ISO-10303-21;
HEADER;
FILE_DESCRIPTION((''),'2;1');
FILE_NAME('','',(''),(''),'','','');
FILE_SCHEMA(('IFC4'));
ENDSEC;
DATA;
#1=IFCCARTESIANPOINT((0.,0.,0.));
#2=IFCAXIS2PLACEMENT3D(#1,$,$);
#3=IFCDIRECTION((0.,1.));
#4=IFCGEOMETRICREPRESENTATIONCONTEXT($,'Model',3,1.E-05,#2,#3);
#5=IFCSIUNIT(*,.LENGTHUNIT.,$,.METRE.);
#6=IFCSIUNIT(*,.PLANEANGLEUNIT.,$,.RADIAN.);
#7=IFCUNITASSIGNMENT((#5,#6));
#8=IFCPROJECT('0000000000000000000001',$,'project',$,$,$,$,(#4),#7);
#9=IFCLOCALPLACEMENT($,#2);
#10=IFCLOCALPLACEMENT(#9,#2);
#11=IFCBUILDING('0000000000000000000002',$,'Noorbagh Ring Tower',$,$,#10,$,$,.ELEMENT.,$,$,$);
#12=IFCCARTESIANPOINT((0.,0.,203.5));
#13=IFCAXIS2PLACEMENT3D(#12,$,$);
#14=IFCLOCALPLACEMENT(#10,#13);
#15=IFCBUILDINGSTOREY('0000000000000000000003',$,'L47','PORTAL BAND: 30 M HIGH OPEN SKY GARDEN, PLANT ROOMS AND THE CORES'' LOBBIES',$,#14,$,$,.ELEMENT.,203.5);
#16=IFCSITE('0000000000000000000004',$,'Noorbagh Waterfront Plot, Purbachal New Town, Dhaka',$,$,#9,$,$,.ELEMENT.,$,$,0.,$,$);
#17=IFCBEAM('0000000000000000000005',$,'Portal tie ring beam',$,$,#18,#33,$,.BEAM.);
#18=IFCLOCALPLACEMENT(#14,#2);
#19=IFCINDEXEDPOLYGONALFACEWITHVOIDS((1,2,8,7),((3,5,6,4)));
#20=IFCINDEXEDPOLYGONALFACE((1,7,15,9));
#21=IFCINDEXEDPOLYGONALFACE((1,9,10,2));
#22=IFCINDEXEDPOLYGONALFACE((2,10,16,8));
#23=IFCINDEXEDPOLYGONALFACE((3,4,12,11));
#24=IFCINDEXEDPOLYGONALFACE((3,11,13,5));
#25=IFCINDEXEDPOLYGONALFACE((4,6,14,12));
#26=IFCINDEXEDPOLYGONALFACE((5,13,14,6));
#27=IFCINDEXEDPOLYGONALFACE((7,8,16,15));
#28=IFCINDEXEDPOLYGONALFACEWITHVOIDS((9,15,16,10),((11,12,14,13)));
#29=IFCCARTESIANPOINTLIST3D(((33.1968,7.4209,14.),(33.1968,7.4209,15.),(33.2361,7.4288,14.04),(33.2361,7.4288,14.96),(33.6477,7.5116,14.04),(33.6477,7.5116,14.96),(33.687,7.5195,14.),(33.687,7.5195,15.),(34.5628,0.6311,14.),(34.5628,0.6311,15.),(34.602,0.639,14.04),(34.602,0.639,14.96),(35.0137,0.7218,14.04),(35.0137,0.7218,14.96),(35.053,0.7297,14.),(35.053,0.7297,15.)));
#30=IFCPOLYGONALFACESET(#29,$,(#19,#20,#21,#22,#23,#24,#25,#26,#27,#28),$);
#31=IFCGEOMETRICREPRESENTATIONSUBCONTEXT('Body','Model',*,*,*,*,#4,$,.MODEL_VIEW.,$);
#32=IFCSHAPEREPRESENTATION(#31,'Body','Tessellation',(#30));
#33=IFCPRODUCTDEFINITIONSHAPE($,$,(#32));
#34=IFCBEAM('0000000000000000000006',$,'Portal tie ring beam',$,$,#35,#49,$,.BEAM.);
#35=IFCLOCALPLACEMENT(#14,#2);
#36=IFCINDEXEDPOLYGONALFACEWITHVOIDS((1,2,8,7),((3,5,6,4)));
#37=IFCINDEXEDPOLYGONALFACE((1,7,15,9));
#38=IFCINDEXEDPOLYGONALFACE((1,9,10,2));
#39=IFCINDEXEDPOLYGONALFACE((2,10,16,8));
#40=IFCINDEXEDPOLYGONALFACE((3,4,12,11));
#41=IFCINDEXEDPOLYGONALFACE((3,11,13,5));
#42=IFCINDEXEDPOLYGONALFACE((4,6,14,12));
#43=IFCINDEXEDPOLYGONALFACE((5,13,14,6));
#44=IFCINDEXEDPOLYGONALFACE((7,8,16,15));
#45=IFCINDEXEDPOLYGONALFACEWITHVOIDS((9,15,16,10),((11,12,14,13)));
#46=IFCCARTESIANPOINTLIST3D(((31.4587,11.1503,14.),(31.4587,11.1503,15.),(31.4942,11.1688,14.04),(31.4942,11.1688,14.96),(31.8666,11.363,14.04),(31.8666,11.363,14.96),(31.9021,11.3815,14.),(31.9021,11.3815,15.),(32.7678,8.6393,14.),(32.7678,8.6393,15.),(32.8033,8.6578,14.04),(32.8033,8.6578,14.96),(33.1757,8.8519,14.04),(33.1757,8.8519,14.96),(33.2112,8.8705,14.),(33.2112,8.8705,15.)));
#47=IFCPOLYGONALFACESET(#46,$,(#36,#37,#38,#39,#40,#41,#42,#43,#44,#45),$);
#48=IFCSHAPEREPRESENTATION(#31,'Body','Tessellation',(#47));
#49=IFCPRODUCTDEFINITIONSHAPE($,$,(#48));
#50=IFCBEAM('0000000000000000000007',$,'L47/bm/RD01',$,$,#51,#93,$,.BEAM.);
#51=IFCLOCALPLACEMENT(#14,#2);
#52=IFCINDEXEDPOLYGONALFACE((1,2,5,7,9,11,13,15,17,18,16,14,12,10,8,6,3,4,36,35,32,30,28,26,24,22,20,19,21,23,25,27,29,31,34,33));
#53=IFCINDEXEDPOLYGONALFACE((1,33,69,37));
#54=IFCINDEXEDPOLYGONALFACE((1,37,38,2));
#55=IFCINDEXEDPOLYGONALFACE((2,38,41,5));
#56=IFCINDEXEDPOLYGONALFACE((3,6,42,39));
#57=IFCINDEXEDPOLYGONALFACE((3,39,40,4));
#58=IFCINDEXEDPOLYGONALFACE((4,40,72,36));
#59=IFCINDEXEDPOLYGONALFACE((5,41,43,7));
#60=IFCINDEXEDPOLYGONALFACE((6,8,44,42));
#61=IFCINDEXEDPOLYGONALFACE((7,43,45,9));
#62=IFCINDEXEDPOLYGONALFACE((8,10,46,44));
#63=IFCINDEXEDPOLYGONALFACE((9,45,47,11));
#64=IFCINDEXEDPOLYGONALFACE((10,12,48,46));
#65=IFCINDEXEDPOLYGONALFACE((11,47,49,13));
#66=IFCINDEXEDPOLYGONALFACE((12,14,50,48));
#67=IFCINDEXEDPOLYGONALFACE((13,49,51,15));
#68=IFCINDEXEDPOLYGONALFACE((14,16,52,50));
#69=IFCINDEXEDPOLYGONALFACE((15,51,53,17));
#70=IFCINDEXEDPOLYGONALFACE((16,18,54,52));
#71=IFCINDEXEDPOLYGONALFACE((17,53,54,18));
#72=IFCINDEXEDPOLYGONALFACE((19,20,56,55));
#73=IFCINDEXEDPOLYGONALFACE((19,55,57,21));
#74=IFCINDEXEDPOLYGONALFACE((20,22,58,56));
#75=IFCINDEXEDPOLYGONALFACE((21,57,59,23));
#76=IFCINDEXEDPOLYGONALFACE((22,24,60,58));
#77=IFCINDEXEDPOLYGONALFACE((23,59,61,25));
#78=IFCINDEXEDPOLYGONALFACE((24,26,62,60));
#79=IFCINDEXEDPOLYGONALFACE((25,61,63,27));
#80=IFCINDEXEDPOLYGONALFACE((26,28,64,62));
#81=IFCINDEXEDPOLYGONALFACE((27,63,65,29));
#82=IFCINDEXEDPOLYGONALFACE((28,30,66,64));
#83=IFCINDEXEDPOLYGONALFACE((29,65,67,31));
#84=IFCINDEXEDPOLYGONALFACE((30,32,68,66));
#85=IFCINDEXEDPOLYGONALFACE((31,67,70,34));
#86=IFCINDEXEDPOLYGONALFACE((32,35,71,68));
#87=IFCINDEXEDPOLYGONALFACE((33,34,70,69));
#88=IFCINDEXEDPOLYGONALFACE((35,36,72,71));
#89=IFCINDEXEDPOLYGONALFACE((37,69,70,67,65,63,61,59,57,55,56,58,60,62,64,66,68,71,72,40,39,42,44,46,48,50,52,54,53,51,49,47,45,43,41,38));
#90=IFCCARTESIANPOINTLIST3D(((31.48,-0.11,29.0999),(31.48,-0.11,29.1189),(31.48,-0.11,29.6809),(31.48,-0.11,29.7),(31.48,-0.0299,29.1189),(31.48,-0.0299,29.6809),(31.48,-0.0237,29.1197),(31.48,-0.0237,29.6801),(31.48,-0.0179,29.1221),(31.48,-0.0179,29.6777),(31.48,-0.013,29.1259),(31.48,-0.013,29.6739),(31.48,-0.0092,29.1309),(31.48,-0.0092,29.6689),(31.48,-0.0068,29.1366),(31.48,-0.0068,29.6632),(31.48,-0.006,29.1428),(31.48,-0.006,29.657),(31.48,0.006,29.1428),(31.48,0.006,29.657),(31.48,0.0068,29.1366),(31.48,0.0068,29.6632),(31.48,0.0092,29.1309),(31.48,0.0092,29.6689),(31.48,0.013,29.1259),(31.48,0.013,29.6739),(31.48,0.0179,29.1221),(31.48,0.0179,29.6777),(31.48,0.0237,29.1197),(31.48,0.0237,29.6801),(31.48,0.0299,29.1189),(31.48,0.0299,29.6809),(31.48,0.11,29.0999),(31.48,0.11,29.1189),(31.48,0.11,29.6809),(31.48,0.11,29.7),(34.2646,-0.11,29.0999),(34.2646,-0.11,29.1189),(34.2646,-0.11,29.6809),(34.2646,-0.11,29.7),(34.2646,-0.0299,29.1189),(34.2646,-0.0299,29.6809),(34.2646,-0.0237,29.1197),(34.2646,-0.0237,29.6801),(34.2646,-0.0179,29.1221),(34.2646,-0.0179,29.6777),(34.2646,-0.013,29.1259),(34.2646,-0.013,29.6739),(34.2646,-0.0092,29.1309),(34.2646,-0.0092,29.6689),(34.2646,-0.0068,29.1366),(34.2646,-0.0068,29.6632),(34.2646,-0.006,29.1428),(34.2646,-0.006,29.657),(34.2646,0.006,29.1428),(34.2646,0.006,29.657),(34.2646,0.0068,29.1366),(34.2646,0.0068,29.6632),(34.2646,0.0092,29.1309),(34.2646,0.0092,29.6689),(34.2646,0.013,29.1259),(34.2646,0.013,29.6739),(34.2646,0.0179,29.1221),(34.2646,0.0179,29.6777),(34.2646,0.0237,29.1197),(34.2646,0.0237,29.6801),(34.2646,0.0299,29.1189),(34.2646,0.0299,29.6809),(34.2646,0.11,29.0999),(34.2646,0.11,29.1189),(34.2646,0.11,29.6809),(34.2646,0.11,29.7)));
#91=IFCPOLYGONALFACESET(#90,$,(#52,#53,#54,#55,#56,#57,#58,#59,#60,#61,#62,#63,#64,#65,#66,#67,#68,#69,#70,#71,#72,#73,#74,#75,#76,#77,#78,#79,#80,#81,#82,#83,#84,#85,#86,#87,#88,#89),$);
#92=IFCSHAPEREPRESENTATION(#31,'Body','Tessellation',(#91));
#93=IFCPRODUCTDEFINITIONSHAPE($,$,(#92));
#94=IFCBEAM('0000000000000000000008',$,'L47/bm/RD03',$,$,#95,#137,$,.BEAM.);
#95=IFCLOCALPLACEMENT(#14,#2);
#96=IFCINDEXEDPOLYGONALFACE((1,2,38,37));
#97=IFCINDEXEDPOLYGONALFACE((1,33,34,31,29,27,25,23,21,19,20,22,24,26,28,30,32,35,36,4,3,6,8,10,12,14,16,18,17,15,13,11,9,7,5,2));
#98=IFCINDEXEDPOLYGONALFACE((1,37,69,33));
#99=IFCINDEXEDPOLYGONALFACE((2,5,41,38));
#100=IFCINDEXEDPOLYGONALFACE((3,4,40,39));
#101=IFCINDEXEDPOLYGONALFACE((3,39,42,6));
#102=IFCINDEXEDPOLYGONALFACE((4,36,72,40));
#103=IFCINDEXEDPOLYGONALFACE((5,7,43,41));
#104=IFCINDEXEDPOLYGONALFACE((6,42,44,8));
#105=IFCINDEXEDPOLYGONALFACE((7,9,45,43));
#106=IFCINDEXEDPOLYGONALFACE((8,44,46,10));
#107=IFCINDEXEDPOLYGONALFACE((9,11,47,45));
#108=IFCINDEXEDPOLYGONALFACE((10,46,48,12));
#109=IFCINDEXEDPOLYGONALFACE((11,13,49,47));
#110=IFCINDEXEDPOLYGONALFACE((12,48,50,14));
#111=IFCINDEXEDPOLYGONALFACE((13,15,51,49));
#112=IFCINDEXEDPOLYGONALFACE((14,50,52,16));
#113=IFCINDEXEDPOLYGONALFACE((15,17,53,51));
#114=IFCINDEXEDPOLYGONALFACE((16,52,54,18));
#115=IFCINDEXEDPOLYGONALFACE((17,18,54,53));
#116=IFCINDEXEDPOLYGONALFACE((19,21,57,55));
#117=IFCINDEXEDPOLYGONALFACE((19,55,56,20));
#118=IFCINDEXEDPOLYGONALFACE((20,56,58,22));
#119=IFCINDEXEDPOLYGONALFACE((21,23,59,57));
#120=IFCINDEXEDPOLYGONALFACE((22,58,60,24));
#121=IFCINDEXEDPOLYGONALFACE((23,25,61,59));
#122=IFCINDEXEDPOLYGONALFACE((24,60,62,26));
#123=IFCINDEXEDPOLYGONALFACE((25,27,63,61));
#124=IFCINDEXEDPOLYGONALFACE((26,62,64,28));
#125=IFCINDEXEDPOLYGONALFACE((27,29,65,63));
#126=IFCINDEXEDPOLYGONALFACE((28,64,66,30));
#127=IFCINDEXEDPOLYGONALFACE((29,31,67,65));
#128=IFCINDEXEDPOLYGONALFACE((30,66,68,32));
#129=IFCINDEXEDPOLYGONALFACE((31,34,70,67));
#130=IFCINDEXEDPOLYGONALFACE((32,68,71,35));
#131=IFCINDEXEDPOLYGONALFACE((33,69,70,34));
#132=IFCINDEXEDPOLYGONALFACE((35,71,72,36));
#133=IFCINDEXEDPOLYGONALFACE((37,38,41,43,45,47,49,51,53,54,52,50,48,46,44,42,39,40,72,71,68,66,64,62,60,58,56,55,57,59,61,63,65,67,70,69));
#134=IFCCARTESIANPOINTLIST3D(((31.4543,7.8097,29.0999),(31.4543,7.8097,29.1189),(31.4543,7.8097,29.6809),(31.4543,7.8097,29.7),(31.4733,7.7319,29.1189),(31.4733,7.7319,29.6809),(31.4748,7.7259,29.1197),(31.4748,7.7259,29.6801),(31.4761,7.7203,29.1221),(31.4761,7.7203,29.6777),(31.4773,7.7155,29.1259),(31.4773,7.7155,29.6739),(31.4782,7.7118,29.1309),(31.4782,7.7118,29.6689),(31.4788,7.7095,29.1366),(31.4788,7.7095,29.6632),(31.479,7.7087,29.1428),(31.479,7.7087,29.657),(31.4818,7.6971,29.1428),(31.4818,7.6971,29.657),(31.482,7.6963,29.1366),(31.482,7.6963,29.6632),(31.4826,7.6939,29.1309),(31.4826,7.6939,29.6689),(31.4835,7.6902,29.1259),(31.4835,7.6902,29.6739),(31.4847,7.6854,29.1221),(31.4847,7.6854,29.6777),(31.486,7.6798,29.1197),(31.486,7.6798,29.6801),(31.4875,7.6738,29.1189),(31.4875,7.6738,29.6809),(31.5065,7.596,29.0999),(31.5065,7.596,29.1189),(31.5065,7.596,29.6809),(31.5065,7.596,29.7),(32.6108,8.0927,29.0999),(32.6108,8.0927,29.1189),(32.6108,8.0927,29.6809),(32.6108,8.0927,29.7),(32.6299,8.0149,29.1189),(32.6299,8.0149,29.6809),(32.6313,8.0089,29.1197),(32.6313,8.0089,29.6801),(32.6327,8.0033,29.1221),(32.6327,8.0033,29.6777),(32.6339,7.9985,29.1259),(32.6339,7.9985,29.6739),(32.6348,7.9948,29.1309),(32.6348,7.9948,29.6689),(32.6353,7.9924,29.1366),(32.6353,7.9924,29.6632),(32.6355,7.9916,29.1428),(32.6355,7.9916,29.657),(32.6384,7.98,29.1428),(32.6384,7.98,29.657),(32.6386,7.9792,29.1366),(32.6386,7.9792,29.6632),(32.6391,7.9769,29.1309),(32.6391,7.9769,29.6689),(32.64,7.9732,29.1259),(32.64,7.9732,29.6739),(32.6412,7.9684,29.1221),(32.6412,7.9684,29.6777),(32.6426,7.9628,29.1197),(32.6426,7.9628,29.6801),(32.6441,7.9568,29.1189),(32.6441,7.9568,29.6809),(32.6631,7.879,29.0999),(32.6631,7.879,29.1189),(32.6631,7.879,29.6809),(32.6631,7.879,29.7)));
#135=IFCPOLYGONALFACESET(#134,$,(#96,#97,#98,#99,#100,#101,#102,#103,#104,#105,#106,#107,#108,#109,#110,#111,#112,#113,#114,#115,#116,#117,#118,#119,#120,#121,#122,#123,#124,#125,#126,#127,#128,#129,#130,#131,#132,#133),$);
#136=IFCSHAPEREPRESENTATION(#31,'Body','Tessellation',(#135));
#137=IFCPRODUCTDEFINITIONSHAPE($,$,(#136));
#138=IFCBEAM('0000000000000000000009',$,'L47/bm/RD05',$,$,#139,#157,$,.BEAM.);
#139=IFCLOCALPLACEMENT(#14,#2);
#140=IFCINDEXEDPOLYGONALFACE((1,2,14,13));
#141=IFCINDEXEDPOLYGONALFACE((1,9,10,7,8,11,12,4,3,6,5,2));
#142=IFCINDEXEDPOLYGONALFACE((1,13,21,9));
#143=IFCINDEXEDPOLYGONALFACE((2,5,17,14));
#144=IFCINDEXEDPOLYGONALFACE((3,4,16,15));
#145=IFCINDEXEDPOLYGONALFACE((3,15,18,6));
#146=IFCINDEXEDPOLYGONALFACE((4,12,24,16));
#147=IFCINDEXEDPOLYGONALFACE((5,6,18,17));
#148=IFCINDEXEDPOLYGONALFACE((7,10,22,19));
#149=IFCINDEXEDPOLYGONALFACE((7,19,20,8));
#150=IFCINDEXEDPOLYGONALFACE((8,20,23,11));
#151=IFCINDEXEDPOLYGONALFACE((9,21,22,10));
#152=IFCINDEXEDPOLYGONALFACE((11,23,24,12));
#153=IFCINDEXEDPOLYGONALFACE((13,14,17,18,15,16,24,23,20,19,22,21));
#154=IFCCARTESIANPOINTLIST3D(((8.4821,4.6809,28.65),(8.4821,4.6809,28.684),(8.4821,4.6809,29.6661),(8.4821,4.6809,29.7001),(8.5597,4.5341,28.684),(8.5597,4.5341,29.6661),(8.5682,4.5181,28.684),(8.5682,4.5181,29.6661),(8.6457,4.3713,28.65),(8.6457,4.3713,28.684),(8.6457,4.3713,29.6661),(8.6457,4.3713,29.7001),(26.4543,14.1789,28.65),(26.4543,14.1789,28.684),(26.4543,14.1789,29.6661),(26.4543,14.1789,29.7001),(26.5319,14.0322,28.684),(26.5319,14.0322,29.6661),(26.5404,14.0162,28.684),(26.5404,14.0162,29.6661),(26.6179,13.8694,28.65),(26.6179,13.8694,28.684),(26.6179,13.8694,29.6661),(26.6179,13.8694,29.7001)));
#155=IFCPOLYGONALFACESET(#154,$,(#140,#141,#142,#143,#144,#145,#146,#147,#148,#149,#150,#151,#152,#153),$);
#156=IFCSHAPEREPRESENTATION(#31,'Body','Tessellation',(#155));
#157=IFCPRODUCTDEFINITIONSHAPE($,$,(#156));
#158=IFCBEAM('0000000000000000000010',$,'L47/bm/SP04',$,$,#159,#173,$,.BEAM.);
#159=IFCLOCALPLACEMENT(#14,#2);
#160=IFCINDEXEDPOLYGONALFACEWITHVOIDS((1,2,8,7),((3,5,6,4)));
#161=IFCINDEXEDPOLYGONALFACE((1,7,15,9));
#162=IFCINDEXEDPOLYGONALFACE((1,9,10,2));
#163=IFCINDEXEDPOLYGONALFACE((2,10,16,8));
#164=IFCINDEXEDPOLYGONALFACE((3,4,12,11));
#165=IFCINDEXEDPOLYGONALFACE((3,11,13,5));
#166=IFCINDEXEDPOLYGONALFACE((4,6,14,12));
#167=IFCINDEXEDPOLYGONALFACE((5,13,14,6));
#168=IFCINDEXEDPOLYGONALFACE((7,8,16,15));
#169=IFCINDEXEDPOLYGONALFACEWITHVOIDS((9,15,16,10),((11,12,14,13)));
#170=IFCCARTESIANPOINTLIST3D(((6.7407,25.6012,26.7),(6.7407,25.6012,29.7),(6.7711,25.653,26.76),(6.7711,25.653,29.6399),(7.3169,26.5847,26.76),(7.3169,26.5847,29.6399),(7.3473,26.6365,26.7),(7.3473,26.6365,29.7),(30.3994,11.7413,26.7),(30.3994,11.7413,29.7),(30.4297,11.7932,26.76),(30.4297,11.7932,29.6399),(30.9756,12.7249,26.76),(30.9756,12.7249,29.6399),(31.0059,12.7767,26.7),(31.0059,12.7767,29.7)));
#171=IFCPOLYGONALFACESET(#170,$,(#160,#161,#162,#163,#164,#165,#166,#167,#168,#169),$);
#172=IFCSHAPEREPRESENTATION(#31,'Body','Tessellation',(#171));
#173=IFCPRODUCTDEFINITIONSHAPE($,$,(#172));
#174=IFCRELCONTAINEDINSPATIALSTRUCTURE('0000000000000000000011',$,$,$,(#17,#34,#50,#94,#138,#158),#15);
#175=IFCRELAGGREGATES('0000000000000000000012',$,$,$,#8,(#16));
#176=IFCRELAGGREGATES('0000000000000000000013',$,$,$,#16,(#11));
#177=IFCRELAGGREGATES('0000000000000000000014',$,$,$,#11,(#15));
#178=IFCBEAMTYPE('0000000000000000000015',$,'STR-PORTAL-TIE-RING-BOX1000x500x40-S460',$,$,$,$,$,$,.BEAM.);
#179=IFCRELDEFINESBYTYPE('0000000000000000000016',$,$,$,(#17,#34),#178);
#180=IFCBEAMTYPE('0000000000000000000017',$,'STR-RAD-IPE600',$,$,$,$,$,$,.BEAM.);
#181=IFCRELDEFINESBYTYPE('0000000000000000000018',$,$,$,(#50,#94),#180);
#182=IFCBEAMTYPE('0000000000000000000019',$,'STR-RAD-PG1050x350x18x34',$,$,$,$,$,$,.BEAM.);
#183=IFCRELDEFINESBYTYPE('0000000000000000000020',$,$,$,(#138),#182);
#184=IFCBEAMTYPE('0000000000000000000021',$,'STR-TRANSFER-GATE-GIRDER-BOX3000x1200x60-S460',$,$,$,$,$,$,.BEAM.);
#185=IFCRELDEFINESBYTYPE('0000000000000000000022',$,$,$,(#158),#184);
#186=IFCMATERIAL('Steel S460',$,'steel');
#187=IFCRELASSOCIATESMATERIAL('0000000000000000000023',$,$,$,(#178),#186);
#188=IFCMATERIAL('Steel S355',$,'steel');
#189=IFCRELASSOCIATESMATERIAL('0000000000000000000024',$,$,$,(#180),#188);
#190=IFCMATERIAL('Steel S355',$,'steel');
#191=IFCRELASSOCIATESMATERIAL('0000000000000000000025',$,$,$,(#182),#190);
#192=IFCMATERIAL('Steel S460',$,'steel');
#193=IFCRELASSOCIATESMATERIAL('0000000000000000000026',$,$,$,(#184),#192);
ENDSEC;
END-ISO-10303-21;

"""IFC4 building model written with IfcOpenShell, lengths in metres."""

from ifc_helpers import new_model, si_unit, direction, frame, origin, origin_2d, place, context, subcontext, project, spatial, hollow_rectangle, i_section, extrude, material, material_profile, profile_set, type_object, element, save


model = new_model("IFC4")

# Units and contexts
model_context = context("Model", 3, precision=1e-05, world=origin(), true_north=direction((0.0, 1.0)))
body_context = subcontext(model_context, "Body", "Model", "MODEL_VIEW")
ifc_project = project(units=[si_unit("LENGTHUNIT", "METRE"), si_unit("PLANEANGLEUNIT", "RADIAN")], contexts=[model_context])

# Site, building, storey
site_placement = place(None, origin())
site = spatial("IfcSite", under=ifc_project, at=site_placement, Name="Noorbagh Waterfront Plot, Purbachal New Town, Dhaka", CompositionType="ELEMENT", RefElevation=0.0)
building_placement = place(site_placement, origin())
building = spatial("IfcBuilding", under=site, at=building_placement, Name="Noorbagh Ring Tower", CompositionType="ELEMENT")
storey_placement = place(building_placement, frame((0.0, 0.0, 203.5)))
storey = spatial("IfcBuildingStorey", under=building, at=storey_placement, Name="L47", Description="PORTAL BAND: 30 M HIGH OPEN SKY GARDEN, PLANT ROOMS AND THE CORES' LOBBIES", CompositionType="ELEMENT", Elevation=203.5)

# Beams
ifc_material_1 = material(Name="Steel S460", Category="steel")
ifc_material_profile_1 = material_profile(ifc_material_1, hollow_rectangle(XDim=0.5, YDim=1.0, WallThickness=0.04, at=origin_2d()), Name="BOX1000x500x40")
ifc_profile_set_1 = profile_set([ifc_material_profile_1], Name="Steel S460")
beam_type_1 = type_object("IfcBeamType", Name="STR-PORTAL-TIE-RING-BOX1000x500x40-S460", PredefinedType="BEAM", material=ifc_profile_set_1)
beam_1_placement = place(storey_placement, frame((34.8079, 0.6804, 14.5), z_axis=(-0.197228, 0.980358, 0.0), x_axis=(-0.980358, -0.197228, 0.0)))
element("IfcBeam", 1, at=beam_1_placement, inside=storey, type_object=beam_type_1, Name="Portal tie ring beam", PredefinedType="BEAM", context=body_context, shape_type="SweptSolid", body=[
    extrude(hollow_rectangle(XDim=0.5, YDim=1.0, WallThickness=0.04, at=origin_2d()), origin(), (0.0, 0.0, 1.0), 6.9258),
])
beam_2_placement = place(storey_placement, frame((32.9895, 8.7549, 14.5), z_axis=(-0.462289, 0.886729, 0.0), x_axis=(-0.886729, -0.462289, 0.0)))
element("IfcBeam", 2, at=beam_2_placement, inside=storey, type_object=beam_type_1, Name="Portal tie ring beam", PredefinedType="BEAM", context=body_context, shape_type="SweptSolid", body=[
    extrude(hollow_rectangle(XDim=0.5, YDim=1.0, WallThickness=0.04, at=origin_2d()), origin(), (0.0, 0.0, 1.0), 2.8318),
])
ifc_material_2 = material(Name="Steel S355", Category="steel")
ifc_material_profile_2 = material_profile(ifc_material_2, i_section(OverallWidth=0.22, OverallDepth=0.6001, WebThickness=0.012, FlangeThickness=0.019, FilletRadius=0.0239, at=origin_2d()), Name="IPE600")
ifc_profile_set_2 = profile_set([ifc_material_profile_2], Name="Steel S355")
beam_type_2 = type_object("IfcBeamType", Name="STR-RAD-IPE600", PredefinedType="BEAM", material=ifc_profile_set_2)
beam_3_placement = place(storey_placement, frame((34.2646, 0.0, 29.3999), z_axis=(-1.0, 0.0, 0.0), x_axis=(0.0, -1.0, 0.0)))
element("IfcBeam", 3, at=beam_3_placement, inside=storey, type_object=beam_type_2, Name="L47/bm/RD01", PredefinedType="BEAM", context=body_context, shape_type="SweptSolid", body=[
    extrude(i_section(OverallWidth=0.22, OverallDepth=0.6001, WebThickness=0.012, FlangeThickness=0.019, FilletRadius=0.0239, at=origin_2d()), origin(), (0.0, 0.0, 1.0), 2.7847),
])
beam_4_placement = place(storey_placement, frame((32.637, 7.9858, 29.3999), z_axis=(-0.971349, -0.237659, 0.0), x_axis=(0.237659, -0.971349, 0.0)))
element("IfcBeam", 4, at=beam_4_placement, inside=storey, type_object=beam_type_2, Name="L47/bm/RD03", PredefinedType="BEAM", context=body_context, shape_type="SweptSolid", body=[
    extrude(i_section(OverallWidth=0.22, OverallDepth=0.6001, WebThickness=0.012, FlangeThickness=0.019, FilletRadius=0.0239, at=origin_2d()), origin(), (0.0, 0.0, 1.0), 1.1907),
])
ifc_material_3 = material(Name="Steel S355", Category="steel")
ifc_material_profile_3 = material_profile(ifc_material_3, i_section(OverallWidth=0.3501, OverallDepth=1.05, WebThickness=0.0181, FlangeThickness=0.0339, at=origin_2d()), Name="PG1050x350x18x34")
ifc_profile_set_3 = profile_set([ifc_material_profile_3], Name="Steel S355")
beam_type_3 = type_object("IfcBeamType", Name="STR-RAD-PG1050x350x18x34", PredefinedType="BEAM", material=ifc_profile_set_3)
beam_5_placement = place(storey_placement, frame((26.5361, 14.0242, 29.175), z_axis=(-0.884126, -0.467249, 0.0), x_axis=(0.467249, -0.884126, 0.0)))
element("IfcBeam", 5, at=beam_5_placement, inside=storey, type_object=beam_type_3, Name="L47/bm/RD05", PredefinedType="BEAM", context=body_context, shape_type="SweptSolid", body=[
    extrude(i_section(OverallWidth=0.3501, OverallDepth=1.05, WebThickness=0.0181, FlangeThickness=0.0339, at=origin_2d()), origin(), (0.0, 0.0, 1.0), 20.3276),
])
ifc_material_4 = material(Name="Steel S460", Category="steel")
ifc_material_profile_4 = material_profile(ifc_material_4, hollow_rectangle(XDim=1.2, YDim=3.0, WallThickness=0.0601, at=origin_2d()), Name="BOX3000x1200x60")
ifc_profile_set_4 = profile_set([ifc_material_profile_4], Name="Steel S460")
beam_type_4 = type_object("IfcBeamType", Name="STR-TRANSFER-GATE-GIRDER-BOX3000x1200x60-S460", PredefinedType="BEAM", material=ifc_profile_set_4)
beam_6_placement = place(storey_placement, frame((30.7026, 12.259, 28.2), z_axis=(-0.862842, 0.505475, 0.0), x_axis=(-0.505475, -0.862842, 0.0)))
element("IfcBeam", 6, at=beam_6_placement, inside=storey, type_object=beam_type_4, Name="L47/bm/SP04", PredefinedType="BEAM", context=body_context, shape_type="SweptSolid", body=[
    extrude(hollow_rectangle(XDim=1.2, YDim=3.0, WallThickness=0.0601, at=origin_2d()), origin(), (0.0, 0.0, 1.0), 27.4194),
])

save(model, "model.ifc")
